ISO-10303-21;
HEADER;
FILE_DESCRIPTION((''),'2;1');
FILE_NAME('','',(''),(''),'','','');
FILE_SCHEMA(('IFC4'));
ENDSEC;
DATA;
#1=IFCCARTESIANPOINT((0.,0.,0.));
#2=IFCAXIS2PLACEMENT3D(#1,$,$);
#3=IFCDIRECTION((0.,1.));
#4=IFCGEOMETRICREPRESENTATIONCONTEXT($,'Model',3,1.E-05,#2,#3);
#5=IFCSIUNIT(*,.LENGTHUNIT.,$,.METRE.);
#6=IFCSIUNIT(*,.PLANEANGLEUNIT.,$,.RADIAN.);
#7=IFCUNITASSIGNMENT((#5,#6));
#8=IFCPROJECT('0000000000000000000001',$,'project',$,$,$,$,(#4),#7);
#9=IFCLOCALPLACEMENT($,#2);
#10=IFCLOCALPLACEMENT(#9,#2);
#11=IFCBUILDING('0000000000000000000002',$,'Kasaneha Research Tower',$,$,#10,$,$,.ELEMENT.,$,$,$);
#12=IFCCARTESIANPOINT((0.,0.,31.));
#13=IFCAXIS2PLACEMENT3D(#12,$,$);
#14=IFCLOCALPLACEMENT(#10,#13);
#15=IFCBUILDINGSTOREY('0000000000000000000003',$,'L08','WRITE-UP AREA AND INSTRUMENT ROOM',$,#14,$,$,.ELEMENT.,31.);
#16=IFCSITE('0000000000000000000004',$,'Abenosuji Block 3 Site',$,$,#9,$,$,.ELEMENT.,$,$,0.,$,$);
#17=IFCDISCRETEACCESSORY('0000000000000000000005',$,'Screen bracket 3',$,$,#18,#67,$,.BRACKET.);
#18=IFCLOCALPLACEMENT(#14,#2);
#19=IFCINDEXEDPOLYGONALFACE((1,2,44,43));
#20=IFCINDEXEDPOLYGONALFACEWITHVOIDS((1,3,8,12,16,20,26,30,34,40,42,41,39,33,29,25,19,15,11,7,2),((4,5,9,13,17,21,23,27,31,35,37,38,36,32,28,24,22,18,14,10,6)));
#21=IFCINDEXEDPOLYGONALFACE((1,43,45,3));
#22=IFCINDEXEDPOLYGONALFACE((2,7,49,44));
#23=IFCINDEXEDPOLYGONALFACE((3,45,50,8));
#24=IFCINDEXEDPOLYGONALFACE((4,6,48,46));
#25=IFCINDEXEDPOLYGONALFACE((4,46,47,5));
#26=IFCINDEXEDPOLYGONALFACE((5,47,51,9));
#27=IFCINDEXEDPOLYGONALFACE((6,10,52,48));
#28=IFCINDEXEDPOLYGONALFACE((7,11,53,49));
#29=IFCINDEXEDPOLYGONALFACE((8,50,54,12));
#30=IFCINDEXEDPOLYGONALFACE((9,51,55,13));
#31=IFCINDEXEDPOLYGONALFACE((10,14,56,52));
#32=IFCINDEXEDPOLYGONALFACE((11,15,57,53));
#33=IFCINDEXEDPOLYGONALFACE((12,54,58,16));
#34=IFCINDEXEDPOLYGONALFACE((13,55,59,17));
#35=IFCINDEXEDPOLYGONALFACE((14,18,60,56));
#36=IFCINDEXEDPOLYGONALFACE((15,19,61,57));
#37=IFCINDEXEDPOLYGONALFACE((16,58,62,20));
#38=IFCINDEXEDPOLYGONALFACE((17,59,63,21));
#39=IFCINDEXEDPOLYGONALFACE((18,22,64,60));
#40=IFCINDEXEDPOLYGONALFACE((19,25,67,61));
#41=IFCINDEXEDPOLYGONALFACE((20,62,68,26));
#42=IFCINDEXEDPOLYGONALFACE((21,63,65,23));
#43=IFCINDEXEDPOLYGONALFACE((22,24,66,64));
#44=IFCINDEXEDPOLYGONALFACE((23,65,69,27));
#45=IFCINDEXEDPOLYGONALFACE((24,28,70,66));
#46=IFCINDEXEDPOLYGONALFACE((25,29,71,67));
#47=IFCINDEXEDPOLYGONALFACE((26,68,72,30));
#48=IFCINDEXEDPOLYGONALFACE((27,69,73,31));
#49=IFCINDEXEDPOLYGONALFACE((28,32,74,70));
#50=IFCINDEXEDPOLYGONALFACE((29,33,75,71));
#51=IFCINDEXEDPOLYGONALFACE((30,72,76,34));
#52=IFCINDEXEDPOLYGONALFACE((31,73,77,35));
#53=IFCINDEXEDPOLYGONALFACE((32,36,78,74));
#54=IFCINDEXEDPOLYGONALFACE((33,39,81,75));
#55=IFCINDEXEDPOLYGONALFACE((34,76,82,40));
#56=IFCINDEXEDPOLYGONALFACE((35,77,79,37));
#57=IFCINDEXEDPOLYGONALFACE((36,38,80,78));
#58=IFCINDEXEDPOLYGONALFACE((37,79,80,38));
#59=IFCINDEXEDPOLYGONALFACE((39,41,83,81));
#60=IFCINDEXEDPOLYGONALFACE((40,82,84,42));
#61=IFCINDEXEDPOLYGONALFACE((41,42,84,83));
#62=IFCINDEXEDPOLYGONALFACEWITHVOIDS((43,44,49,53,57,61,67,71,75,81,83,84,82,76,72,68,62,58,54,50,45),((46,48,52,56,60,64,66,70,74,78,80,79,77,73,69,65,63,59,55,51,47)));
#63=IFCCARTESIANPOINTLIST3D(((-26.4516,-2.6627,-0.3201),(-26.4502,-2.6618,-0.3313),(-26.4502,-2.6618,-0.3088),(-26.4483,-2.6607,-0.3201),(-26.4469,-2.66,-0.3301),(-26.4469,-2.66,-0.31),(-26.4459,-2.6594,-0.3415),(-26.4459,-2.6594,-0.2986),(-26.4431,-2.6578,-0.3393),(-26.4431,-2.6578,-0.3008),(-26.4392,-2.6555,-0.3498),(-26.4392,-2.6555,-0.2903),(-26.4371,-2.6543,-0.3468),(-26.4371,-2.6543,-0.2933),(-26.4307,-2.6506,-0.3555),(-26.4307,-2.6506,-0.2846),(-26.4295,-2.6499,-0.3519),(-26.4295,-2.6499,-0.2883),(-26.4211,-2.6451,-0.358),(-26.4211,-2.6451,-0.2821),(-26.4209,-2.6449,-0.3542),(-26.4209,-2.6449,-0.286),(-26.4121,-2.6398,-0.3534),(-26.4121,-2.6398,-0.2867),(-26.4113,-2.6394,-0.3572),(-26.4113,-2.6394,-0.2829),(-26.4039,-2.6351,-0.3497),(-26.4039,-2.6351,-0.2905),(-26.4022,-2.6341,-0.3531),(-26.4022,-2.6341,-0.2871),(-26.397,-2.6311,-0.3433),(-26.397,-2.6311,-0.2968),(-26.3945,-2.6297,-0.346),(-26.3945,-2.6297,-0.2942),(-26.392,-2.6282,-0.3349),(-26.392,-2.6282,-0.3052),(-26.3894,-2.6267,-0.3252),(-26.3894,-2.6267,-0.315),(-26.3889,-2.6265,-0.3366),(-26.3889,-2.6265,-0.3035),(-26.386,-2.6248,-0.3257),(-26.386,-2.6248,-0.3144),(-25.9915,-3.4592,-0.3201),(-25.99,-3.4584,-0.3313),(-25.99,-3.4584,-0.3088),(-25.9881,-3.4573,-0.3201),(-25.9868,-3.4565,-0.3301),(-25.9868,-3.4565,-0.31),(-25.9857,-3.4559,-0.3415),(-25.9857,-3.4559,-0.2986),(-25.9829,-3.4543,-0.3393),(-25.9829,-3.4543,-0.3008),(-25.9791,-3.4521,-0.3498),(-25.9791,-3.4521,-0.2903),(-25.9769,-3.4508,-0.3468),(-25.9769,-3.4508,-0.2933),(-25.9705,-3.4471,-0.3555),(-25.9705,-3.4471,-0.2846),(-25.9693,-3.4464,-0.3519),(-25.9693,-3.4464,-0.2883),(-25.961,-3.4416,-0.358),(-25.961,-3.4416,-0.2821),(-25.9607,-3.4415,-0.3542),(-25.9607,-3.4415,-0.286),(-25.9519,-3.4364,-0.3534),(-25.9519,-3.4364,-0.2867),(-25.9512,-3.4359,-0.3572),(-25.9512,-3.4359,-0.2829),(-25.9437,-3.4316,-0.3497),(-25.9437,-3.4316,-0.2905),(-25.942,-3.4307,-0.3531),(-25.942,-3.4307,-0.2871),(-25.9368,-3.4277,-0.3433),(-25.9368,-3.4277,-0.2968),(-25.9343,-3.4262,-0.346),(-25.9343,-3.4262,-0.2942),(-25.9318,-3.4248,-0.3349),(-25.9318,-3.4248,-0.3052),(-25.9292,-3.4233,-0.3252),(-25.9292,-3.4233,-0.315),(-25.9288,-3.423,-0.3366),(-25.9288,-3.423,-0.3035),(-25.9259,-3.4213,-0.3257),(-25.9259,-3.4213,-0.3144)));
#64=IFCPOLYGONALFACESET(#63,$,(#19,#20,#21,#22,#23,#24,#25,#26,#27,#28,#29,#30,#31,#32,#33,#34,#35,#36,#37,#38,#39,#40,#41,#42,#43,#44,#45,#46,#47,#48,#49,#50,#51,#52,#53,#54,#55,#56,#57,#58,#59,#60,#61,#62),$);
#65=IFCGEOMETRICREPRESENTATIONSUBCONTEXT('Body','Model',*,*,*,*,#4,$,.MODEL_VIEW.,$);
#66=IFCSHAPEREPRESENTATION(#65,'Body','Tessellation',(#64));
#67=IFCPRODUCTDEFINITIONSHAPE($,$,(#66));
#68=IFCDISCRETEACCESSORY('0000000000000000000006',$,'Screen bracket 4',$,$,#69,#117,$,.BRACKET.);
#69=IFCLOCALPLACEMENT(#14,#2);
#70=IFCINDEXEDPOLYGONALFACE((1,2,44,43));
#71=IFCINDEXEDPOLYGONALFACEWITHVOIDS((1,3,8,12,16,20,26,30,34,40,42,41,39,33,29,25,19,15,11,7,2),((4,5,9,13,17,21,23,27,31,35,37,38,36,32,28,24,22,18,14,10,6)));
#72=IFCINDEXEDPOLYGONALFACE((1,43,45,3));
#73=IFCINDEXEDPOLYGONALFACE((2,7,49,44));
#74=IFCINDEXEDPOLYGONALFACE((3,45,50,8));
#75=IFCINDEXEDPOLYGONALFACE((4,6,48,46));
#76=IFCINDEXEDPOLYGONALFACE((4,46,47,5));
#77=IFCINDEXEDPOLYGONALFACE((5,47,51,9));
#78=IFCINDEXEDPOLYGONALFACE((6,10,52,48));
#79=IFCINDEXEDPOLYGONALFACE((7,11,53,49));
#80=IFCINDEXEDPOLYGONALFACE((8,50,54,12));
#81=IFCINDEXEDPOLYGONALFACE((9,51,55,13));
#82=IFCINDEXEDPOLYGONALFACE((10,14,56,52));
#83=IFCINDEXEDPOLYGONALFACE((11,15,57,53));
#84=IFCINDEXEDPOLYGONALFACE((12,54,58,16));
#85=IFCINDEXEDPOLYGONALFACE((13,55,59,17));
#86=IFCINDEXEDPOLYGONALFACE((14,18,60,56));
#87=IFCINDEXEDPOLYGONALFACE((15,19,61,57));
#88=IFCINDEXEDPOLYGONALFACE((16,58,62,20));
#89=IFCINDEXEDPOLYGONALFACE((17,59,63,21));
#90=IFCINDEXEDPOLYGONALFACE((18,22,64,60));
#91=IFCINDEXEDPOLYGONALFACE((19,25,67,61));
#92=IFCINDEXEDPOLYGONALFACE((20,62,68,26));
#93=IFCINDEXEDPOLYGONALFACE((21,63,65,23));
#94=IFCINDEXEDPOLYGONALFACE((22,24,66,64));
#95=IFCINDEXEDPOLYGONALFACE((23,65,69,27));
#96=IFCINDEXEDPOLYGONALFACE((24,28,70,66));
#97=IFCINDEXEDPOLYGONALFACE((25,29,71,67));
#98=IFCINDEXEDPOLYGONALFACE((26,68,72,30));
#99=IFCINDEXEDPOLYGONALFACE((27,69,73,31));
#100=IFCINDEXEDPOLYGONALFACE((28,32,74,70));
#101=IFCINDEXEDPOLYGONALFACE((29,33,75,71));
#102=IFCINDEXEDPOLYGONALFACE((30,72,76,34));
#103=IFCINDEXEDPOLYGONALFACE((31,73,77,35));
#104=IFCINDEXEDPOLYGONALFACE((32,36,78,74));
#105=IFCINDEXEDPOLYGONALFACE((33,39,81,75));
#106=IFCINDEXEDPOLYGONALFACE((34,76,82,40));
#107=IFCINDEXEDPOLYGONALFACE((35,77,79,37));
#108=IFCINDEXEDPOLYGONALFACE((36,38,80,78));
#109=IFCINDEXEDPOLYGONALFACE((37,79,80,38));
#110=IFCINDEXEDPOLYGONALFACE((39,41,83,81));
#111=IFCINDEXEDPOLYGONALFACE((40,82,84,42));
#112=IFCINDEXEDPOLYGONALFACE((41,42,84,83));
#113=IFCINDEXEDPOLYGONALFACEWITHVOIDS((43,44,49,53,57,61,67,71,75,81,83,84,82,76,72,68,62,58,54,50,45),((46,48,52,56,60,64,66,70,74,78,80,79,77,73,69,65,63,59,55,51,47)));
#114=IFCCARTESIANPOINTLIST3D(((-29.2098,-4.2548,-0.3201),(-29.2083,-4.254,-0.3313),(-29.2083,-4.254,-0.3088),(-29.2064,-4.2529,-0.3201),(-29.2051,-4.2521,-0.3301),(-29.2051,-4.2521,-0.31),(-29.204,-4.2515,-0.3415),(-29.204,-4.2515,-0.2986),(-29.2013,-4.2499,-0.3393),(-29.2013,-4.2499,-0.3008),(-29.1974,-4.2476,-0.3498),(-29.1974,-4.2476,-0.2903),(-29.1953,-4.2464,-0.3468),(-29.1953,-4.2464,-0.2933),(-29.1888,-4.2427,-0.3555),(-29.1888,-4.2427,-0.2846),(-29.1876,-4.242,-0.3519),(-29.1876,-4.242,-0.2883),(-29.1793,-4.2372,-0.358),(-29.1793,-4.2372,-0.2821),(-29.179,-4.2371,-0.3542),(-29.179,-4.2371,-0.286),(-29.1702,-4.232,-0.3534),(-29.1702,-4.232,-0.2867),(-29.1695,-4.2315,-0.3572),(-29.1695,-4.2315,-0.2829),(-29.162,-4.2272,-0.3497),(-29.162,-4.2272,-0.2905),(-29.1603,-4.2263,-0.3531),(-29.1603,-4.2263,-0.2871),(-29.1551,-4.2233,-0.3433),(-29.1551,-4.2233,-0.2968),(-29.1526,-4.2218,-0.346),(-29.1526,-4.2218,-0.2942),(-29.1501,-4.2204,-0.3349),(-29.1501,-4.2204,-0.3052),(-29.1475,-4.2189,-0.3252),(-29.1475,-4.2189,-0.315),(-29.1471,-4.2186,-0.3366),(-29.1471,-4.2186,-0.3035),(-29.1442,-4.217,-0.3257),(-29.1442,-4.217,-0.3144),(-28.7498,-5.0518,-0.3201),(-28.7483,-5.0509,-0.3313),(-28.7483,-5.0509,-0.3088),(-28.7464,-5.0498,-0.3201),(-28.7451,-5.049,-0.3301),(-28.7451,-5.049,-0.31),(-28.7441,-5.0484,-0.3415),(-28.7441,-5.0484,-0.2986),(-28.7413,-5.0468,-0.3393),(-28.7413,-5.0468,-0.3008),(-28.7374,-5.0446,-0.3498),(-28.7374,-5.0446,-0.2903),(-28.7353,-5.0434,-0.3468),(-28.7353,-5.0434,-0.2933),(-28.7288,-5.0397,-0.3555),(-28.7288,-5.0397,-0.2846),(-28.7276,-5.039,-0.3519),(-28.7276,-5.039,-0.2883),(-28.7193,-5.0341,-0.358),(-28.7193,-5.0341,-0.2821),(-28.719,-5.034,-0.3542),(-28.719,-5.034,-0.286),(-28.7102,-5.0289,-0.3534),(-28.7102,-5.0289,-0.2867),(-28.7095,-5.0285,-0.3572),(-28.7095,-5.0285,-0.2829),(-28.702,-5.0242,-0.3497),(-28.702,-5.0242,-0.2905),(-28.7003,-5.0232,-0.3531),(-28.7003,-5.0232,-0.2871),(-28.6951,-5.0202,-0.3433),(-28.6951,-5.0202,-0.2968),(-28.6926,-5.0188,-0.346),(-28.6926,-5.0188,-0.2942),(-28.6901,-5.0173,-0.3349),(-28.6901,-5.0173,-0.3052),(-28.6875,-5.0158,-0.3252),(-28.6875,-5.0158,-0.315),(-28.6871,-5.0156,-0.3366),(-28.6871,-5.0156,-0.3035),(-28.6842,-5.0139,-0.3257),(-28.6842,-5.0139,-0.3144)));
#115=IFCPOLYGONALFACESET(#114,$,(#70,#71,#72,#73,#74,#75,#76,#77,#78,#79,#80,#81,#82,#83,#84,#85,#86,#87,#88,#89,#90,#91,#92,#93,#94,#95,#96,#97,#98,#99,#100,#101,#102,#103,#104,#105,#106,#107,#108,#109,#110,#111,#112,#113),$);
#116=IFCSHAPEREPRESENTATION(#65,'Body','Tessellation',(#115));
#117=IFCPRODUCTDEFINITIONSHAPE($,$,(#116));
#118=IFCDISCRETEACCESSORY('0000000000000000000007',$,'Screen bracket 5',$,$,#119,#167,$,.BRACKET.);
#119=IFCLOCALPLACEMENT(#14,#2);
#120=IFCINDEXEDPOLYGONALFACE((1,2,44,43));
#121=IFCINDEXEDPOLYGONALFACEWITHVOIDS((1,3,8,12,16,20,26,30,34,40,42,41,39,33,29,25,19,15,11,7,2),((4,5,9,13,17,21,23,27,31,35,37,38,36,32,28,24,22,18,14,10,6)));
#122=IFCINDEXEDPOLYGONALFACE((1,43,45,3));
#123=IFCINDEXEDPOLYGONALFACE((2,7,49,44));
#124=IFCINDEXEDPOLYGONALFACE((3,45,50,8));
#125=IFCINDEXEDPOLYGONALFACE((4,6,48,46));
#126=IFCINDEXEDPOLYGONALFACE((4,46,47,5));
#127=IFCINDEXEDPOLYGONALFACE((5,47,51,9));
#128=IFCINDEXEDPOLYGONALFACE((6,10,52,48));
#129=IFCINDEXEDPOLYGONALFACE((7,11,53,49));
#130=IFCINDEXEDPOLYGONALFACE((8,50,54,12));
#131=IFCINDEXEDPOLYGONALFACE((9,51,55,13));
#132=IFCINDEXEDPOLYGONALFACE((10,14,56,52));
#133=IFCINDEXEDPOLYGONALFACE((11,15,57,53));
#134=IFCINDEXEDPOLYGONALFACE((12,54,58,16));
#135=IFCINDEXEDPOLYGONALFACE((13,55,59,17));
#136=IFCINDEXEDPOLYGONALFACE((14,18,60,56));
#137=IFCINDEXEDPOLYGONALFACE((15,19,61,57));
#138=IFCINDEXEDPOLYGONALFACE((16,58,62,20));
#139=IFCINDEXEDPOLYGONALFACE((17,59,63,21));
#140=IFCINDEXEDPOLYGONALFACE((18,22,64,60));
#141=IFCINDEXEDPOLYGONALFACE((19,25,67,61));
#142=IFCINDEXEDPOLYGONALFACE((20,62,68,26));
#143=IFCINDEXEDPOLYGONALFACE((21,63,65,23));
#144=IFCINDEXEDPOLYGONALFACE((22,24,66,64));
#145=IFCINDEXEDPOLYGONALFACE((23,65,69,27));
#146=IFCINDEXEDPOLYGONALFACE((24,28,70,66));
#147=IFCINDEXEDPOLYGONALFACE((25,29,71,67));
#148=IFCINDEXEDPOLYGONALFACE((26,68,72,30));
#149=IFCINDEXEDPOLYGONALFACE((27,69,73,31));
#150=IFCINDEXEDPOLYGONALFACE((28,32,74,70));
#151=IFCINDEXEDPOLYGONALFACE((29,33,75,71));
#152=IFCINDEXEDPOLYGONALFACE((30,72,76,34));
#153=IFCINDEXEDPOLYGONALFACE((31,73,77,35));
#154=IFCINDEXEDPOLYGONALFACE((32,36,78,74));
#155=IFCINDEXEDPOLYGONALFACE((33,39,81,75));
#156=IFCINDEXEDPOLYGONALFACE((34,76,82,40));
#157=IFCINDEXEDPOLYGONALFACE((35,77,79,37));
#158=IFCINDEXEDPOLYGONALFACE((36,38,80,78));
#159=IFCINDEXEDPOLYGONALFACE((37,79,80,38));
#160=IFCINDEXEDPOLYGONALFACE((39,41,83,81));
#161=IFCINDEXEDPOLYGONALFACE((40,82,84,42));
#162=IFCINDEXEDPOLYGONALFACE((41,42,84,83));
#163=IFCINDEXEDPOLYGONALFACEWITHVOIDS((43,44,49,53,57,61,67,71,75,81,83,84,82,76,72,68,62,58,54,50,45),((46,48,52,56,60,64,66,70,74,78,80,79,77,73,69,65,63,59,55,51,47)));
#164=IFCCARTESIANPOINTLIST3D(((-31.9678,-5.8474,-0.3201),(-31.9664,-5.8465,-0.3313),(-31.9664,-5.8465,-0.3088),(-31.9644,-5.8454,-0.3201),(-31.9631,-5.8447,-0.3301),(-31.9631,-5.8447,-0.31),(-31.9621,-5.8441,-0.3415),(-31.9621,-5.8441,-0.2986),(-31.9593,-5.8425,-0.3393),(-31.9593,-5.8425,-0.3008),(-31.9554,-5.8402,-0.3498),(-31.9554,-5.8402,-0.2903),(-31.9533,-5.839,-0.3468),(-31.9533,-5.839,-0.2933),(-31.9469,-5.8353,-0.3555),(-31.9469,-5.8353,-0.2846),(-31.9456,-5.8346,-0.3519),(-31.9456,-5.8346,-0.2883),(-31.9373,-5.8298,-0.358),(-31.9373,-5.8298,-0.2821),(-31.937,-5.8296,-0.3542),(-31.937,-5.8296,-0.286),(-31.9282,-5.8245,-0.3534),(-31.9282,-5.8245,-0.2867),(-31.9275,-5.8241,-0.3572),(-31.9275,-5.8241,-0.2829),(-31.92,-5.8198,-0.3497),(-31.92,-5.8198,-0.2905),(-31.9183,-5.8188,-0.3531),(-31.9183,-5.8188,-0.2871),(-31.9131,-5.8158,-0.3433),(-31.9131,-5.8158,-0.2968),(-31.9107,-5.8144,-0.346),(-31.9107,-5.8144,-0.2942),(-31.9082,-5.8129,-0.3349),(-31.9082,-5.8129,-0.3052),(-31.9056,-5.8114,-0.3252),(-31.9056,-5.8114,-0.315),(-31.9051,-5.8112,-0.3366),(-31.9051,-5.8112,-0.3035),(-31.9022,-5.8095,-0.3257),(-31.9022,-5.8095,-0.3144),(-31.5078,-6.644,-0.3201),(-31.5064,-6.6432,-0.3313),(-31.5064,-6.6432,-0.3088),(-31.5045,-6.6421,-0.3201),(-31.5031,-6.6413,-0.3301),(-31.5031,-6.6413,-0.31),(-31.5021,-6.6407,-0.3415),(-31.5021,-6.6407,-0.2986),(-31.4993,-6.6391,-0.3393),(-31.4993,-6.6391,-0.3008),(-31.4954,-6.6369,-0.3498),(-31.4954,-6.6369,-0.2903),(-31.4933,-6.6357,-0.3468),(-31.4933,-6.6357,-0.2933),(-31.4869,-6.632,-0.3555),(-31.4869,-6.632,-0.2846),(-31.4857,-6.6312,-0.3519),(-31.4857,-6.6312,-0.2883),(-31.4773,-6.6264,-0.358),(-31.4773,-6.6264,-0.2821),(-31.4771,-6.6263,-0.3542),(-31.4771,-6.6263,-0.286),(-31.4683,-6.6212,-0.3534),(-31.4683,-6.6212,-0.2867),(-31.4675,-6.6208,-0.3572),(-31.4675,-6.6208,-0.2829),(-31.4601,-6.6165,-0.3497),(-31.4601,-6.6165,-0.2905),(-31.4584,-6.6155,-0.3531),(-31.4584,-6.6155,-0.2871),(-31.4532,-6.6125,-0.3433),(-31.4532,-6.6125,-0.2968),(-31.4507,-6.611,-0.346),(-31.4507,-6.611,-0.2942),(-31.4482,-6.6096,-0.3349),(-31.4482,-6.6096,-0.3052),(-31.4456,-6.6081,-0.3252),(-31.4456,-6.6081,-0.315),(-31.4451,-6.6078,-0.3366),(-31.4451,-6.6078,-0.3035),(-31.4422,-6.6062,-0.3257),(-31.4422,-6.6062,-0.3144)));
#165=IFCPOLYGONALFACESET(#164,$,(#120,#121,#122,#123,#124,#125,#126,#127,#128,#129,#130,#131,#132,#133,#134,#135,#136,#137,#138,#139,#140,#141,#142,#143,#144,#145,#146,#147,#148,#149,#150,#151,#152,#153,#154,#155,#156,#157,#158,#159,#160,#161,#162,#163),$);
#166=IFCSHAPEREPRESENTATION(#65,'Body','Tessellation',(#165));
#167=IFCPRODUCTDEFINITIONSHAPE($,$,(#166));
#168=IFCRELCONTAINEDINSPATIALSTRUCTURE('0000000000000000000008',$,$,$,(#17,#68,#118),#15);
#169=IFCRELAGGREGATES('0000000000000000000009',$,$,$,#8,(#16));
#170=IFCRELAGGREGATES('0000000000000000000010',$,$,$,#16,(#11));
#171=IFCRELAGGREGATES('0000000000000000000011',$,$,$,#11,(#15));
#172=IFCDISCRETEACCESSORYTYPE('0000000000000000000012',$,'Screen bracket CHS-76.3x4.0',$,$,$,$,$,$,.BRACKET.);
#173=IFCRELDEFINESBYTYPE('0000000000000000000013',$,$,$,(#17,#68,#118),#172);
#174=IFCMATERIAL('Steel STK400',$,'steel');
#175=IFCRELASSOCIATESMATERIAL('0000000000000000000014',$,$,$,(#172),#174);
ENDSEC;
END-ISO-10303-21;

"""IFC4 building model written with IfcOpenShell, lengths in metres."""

from ifc_helpers import new_model, si_unit, direction, frame, origin, origin_2d, place, context, subcontext, project, spatial, hollow_circle, extrude, material, material_profile, profile_set, type_object, element, save


model = new_model("IFC4")

# Units and contexts
model_context = context("Model", 3, precision=1e-05, world=origin(), true_north=direction((0.0, 1.0)))
body_context = subcontext(model_context, "Body", "Model", "MODEL_VIEW")
ifc_project = project(units=[si_unit("LENGTHUNIT", "METRE"), si_unit("PLANEANGLEUNIT", "RADIAN")], contexts=[model_context])

# Site, building, storey
site_placement = place(None, origin())
site = spatial("IfcSite", under=ifc_project, at=site_placement, Name="Abenosuji Block 3 Site", CompositionType="ELEMENT", RefElevation=0.0)
building_placement = place(site_placement, origin())
building = spatial("IfcBuilding", under=site, at=building_placement, Name="Kasaneha Research Tower", CompositionType="ELEMENT")
storey_placement = place(building_placement, frame((0.0, 0.0, 31.0)))
storey = spatial("IfcBuildingStorey", under=building, at=storey_placement, Name="L08", Description="WRITE-UP AREA AND INSTRUMENT ROOM", CompositionType="ELEMENT", Elevation=31.0)

# Discrete accessories
ifc_material_1 = material(Name="Steel STK400", Category="steel")
ifc_material_profile_1 = material_profile(ifc_material_1, hollow_circle(Radius=0.0381, WallThickness=0.0039, at=origin_2d()), Name="CHS-76.3x4.0")
ifc_profile_set_1 = profile_set([ifc_material_profile_1], Name="Steel STK400")
discrete_accessory_type = type_object("IfcDiscreteAccessoryType", Name="Screen bracket CHS-76.3x4.0", PredefinedType="BRACKET", material=ifc_profile_set_1)
discrete_accessory_1_placement = place(storey_placement, frame((-25.9585, -3.4402, -0.3201), z_axis=(-0.50022, 0.865898, 0.0), x_axis=(-0.865898, -0.50022, 0.0)))
element("IfcDiscreteAccessory", 1, at=discrete_accessory_1_placement, inside=storey, type_object=discrete_accessory_type, Name="Screen bracket 3", PredefinedType="BRACKET", context=body_context, shape_type="SweptSolid", body=[
    extrude(hollow_circle(Radius=0.0381, WallThickness=0.0039, at=origin_2d()), origin(), (0.0, 0.0, 1.0), 0.9199),
])
discrete_accessory_2_placement = place(storey_placement, frame((-28.7168, -5.0327, -0.3201), z_axis=(-0.499906, 0.86608, 0.0), x_axis=(-0.86608, -0.499906, 0.0)))
element("IfcDiscreteAccessory", 2, at=discrete_accessory_2_placement, inside=storey, type_object=discrete_accessory_type, Name="Screen bracket 4", PredefinedType="BRACKET", context=body_context, shape_type="SweptSolid", body=[
    extrude(hollow_circle(Radius=0.0381, WallThickness=0.0039, at=origin_2d()), origin(), (0.0, 0.0, 1.0), 0.9202),
])
discrete_accessory_3_placement = place(storey_placement, frame((-31.4749, -6.625, -0.3201), z_axis=(-0.500021, 0.866013, 0.0), x_axis=(-0.866013, -0.500021, 0.0)))
element("IfcDiscreteAccessory", 3, at=discrete_accessory_3_placement, inside=storey, type_object=discrete_accessory_type, Name="Screen bracket 5", PredefinedType="BRACKET", context=body_context, shape_type="SweptSolid", body=[
    extrude(hollow_circle(Radius=0.0381, WallThickness=0.0039, at=origin_2d()), origin(), (0.0, 0.0, 1.0), 0.9199),
])

save(model, "model.ifc")
